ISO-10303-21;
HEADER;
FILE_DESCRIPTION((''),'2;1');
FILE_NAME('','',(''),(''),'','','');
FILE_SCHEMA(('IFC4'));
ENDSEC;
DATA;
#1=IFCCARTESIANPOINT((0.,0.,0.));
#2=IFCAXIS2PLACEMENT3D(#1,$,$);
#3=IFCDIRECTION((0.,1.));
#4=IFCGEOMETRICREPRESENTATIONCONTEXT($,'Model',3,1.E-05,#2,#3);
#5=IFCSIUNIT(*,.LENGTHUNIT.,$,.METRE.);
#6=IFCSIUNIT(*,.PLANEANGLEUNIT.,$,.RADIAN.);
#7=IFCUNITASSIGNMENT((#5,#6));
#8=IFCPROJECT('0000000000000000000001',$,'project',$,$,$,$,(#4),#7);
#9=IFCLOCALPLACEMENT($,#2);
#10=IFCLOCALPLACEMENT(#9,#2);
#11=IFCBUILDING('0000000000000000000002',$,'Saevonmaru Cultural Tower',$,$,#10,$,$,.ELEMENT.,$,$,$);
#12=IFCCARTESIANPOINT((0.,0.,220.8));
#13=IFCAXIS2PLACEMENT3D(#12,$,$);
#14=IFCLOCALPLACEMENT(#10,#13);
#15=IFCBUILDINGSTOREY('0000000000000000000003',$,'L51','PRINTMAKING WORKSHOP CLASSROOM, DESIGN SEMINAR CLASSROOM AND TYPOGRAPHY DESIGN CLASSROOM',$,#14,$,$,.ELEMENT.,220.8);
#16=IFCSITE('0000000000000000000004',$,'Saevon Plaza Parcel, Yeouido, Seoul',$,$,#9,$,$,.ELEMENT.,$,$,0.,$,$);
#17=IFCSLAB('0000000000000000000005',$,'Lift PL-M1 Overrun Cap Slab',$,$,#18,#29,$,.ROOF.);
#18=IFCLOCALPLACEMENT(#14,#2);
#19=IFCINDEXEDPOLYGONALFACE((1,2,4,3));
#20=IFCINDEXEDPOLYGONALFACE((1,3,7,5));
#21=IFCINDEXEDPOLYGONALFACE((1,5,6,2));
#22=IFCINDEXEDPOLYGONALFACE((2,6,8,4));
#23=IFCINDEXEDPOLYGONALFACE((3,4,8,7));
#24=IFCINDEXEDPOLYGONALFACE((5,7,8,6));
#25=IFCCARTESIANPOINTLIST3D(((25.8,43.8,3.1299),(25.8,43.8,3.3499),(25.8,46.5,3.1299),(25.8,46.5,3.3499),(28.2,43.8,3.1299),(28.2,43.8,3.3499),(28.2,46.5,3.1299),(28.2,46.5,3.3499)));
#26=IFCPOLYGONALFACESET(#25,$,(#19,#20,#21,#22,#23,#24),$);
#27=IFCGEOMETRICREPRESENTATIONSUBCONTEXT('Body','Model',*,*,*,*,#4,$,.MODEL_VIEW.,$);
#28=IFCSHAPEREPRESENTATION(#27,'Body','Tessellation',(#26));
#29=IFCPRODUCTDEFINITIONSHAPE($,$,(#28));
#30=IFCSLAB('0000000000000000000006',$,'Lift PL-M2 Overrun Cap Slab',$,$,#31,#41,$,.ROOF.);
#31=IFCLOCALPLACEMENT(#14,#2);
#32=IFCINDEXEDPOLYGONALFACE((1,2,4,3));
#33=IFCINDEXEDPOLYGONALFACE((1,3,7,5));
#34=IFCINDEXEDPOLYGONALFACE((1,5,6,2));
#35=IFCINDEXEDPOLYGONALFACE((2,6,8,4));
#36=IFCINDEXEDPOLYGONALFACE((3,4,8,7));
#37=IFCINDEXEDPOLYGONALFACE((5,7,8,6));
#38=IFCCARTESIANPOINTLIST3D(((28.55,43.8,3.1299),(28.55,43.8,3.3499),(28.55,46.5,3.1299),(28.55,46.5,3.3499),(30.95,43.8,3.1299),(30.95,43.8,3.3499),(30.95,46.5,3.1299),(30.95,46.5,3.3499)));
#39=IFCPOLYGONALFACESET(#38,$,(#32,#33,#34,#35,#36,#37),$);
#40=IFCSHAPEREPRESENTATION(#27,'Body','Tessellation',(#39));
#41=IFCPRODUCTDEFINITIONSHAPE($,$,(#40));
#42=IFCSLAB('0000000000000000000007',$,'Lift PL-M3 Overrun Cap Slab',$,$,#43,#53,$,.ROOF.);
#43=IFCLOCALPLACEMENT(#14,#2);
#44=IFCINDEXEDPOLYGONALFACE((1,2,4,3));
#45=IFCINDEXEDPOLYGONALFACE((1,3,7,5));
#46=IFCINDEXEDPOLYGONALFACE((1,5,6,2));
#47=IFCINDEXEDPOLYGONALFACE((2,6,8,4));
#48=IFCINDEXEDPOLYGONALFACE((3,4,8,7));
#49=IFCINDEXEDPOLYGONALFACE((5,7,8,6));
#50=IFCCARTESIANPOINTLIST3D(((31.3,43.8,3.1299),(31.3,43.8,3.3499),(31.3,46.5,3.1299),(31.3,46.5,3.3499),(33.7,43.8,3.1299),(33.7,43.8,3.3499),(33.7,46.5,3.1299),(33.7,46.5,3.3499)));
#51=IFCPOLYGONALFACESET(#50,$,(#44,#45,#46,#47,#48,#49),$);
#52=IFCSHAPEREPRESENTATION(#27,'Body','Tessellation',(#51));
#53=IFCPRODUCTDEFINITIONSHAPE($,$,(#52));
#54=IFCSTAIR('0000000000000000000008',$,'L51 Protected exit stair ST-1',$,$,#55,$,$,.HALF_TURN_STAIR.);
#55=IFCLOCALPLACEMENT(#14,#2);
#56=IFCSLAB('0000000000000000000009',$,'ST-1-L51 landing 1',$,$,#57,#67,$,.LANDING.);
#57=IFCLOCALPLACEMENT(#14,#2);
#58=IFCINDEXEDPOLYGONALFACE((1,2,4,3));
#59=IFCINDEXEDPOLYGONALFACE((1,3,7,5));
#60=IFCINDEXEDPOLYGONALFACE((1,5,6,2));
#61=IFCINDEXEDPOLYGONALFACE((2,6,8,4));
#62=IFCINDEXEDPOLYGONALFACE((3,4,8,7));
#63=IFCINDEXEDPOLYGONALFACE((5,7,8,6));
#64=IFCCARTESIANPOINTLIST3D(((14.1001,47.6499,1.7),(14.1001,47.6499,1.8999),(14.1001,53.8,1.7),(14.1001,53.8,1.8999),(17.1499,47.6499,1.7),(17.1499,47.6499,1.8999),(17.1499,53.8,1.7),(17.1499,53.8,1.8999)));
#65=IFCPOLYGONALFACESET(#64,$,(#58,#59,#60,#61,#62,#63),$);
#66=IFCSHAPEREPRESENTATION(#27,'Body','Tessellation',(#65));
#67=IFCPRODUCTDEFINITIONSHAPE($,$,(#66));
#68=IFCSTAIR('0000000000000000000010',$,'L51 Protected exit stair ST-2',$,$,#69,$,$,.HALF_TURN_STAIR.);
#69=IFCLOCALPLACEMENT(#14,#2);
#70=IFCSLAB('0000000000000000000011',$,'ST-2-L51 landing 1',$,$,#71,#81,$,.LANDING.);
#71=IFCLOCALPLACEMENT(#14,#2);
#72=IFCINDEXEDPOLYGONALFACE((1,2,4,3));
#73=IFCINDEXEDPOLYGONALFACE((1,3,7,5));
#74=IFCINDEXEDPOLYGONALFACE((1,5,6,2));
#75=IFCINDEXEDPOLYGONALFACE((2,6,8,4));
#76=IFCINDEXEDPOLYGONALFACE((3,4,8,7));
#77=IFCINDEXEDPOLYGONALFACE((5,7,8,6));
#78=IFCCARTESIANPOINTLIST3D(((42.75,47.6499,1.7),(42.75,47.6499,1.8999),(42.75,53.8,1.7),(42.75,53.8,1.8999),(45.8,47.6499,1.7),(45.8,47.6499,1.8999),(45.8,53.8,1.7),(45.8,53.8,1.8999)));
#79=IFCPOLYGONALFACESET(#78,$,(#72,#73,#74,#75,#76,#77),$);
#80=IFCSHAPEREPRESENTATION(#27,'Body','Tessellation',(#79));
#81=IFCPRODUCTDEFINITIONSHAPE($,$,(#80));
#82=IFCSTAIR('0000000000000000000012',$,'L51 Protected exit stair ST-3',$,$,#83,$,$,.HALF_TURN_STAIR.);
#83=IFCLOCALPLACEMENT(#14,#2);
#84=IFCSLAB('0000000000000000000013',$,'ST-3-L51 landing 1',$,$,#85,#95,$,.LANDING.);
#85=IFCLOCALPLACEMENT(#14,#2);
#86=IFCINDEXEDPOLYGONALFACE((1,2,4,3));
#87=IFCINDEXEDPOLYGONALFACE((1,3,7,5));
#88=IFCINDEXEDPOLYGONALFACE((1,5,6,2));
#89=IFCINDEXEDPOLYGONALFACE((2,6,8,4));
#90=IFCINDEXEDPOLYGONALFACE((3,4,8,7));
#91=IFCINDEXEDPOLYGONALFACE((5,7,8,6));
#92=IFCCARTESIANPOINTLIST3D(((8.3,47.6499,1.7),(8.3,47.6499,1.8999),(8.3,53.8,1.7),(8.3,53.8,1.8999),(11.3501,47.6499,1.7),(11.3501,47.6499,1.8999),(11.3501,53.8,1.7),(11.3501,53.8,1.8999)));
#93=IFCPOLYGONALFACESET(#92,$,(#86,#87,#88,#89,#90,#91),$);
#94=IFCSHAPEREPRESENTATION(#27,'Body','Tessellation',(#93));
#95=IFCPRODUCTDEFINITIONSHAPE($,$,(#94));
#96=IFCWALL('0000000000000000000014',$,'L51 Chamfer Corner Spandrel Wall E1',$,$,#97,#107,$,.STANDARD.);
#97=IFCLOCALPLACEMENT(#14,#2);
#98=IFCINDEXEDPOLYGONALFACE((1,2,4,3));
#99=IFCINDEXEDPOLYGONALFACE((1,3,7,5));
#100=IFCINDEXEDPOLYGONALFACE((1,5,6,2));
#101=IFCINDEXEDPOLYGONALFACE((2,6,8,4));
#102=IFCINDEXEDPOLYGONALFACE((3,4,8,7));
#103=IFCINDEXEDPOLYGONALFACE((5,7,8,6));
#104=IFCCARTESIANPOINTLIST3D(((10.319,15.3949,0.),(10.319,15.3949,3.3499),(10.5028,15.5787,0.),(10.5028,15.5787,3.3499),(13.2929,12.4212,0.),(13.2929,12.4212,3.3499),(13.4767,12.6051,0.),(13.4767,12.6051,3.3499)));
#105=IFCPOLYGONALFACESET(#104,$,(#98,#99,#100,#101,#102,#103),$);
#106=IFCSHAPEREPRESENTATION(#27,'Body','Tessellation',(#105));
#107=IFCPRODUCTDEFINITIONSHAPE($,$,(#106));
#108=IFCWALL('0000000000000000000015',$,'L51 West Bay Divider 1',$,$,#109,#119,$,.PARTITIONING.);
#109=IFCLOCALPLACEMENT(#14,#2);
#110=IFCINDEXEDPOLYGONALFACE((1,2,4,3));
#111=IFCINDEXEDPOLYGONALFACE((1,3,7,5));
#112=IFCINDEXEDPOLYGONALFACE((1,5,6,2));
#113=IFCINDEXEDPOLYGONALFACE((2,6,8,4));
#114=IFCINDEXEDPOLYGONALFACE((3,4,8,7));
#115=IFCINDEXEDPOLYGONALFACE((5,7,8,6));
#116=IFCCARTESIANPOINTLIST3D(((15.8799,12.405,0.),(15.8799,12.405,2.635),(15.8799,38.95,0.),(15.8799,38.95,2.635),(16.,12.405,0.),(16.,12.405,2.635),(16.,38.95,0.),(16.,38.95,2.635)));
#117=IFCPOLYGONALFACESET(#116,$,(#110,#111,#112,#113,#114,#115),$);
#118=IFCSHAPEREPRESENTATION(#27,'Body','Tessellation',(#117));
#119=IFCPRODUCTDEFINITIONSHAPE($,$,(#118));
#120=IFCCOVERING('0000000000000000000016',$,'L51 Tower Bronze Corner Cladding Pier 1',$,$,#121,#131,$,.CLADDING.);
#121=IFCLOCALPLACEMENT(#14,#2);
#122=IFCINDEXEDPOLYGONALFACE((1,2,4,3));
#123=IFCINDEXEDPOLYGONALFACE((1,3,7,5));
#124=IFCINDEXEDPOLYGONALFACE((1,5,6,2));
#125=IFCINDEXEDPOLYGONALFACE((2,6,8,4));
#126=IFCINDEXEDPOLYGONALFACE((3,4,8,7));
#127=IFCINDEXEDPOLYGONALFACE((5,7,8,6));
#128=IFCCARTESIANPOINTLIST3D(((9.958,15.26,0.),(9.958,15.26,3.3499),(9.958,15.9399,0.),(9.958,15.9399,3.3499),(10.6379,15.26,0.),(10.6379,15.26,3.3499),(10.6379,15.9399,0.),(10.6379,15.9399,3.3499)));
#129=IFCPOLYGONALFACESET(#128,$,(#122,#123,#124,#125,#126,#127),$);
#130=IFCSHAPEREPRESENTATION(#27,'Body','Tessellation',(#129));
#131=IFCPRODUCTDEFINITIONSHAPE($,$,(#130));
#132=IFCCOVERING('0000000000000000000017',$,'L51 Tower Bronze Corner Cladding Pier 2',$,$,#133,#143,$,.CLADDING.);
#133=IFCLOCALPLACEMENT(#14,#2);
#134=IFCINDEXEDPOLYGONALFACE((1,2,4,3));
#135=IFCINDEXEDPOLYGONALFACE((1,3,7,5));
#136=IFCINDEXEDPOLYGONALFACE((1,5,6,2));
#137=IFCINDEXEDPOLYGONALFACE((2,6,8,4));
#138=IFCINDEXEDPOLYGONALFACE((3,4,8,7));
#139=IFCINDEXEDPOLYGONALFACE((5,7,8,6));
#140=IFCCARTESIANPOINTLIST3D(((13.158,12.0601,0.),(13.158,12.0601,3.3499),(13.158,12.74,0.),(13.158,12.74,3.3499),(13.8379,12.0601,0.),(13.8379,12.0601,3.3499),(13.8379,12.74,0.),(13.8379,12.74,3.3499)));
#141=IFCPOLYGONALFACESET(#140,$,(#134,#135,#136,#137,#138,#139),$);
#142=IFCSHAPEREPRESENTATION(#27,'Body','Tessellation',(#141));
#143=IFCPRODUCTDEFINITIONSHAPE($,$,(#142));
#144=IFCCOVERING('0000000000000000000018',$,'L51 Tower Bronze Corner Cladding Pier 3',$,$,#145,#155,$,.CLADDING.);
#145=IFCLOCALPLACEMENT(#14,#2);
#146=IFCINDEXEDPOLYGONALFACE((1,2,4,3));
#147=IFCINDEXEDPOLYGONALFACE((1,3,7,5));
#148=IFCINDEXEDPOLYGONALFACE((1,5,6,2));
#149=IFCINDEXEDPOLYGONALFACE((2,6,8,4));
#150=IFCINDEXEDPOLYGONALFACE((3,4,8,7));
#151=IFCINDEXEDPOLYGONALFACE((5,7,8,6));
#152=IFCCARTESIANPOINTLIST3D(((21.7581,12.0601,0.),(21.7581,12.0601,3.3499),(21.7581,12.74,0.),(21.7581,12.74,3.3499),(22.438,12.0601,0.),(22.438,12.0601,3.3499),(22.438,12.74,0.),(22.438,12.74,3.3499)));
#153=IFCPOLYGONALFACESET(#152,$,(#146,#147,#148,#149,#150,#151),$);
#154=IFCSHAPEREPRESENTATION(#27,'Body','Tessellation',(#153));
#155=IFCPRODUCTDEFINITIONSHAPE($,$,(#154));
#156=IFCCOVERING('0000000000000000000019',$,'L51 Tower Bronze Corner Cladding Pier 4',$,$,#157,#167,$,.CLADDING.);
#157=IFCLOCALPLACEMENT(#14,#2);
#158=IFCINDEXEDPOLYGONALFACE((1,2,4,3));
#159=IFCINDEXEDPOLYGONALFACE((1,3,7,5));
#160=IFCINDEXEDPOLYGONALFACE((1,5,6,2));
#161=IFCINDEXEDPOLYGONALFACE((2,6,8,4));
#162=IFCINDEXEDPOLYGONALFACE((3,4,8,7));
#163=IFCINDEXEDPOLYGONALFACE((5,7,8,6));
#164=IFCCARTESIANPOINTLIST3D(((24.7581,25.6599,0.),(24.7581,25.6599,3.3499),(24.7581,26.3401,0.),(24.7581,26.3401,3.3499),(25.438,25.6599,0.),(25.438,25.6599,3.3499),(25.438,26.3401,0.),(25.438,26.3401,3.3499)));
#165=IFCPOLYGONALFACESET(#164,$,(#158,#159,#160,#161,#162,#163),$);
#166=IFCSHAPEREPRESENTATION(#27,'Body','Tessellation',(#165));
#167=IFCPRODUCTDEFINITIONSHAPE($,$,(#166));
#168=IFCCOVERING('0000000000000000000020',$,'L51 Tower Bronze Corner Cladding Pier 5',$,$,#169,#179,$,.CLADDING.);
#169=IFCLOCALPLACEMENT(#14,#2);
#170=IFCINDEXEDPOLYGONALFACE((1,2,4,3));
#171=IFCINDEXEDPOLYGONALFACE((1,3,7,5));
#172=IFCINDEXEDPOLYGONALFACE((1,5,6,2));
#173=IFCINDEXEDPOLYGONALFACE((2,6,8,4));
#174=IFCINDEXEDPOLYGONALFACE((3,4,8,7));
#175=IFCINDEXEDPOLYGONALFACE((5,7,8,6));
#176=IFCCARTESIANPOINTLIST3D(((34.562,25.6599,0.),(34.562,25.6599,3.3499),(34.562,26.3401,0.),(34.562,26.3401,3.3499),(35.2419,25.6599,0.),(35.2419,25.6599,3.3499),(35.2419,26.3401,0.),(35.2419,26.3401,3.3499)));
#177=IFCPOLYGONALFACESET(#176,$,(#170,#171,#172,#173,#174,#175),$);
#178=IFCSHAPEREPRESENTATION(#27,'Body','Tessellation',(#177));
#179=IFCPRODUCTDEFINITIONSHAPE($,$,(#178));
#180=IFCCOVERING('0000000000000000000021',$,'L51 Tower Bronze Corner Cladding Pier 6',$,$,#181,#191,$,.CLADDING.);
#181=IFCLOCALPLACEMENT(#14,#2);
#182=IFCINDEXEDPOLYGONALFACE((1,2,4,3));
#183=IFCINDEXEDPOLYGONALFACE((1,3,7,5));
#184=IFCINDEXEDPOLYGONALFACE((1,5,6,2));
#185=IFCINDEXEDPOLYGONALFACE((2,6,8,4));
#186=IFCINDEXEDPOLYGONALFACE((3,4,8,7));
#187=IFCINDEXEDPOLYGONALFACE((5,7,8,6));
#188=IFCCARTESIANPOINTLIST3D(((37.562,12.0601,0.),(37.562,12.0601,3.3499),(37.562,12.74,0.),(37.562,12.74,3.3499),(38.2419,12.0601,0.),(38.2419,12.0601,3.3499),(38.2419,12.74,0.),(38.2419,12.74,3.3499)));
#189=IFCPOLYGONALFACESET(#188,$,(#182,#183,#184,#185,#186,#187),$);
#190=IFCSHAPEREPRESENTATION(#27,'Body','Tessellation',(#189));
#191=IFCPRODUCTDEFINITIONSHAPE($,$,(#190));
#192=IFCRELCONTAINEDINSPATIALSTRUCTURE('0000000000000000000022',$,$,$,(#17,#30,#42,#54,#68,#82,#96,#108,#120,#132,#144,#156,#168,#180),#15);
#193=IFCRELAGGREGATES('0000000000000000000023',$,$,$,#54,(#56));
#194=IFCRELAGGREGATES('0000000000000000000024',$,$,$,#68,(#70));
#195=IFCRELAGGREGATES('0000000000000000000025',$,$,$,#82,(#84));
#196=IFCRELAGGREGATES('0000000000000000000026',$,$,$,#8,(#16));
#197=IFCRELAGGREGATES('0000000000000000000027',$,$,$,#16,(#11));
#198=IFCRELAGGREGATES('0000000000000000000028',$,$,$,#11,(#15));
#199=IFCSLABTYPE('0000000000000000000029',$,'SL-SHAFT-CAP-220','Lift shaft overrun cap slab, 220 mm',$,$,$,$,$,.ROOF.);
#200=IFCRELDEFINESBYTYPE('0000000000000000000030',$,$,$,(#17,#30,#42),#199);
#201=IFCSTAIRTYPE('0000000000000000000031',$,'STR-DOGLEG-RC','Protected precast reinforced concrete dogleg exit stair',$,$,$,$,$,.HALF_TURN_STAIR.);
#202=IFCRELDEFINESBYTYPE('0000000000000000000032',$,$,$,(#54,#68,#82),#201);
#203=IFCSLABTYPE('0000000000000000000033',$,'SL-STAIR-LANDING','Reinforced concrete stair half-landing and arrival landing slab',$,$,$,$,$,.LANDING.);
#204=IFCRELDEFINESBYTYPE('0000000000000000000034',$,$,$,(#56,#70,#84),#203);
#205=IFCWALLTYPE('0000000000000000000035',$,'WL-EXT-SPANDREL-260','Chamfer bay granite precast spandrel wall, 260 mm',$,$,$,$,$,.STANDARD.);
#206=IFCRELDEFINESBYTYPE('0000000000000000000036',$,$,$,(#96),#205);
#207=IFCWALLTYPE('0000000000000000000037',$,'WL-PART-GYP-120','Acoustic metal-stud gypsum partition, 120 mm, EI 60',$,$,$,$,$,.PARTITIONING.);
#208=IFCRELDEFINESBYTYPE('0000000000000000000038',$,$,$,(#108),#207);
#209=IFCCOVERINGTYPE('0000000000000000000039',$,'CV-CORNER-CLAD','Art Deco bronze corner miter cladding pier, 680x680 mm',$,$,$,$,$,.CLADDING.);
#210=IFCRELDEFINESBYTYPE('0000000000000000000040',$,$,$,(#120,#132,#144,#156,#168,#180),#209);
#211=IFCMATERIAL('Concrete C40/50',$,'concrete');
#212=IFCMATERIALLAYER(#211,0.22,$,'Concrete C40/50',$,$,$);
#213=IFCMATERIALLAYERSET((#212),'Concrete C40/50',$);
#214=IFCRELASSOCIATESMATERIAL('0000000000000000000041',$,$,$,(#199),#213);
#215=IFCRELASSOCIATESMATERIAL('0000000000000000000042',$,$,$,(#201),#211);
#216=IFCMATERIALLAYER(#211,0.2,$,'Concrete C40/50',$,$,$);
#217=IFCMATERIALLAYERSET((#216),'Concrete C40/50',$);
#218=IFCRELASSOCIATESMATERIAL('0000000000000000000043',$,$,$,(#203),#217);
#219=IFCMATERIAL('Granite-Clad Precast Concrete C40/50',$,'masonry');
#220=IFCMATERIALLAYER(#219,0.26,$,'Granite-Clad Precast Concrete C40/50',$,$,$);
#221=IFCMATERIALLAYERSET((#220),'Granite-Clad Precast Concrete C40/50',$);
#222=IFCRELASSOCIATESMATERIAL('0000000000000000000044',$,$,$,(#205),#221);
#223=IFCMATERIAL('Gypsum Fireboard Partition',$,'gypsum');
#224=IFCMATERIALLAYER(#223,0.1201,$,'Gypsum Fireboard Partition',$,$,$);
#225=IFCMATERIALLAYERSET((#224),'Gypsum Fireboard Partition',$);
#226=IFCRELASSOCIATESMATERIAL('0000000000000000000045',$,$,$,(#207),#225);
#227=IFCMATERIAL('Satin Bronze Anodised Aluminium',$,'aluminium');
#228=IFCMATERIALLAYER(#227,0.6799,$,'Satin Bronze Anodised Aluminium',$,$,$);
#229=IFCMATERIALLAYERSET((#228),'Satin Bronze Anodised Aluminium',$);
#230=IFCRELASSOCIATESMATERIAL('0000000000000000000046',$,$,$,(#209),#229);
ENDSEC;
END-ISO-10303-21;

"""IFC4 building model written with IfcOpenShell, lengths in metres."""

from ifc_helpers import new_model, si_unit, direction, frame, frame_2d, origin, place, context, subcontext, project, spatial, polyline, rectangle, outline, extrude, material, layer, layer_set, type_object, element, aggregate, save


model = new_model("IFC4")

# Units and contexts
model_context = context("Model", 3, precision=1e-05, world=origin(), true_north=direction((0.0, 1.0)))
body_context = subcontext(model_context, "Body", "Model", "MODEL_VIEW")
ifc_project = project(units=[si_unit("LENGTHUNIT", "METRE"), si_unit("PLANEANGLEUNIT", "RADIAN")], contexts=[model_context])

# Site, building, storey
site_placement = place(None, origin())
site = spatial("IfcSite", under=ifc_project, at=site_placement, Name="Saevon Plaza Parcel, Yeouido, Seoul", CompositionType="ELEMENT", RefElevation=0.0)
building_placement = place(site_placement, origin())
building = spatial("IfcBuilding", under=site, at=building_placement, Name="Saevonmaru Cultural Tower", CompositionType="ELEMENT")
storey_placement = place(building_placement, frame((0.0, 0.0, 220.8)))
storey = spatial("IfcBuildingStorey", under=building, at=storey_placement, Name="L51", Description="PRINTMAKING WORKSHOP CLASSROOM, DESIGN SEMINAR CLASSROOM AND TYPOGRAPHY DESIGN CLASSROOM", CompositionType="ELEMENT", Elevation=220.8)

# Shared definitions
ifc_material_1 = material(Name="Satin Bronze Anodised Aluminium", Category="aluminium")

# Slabs
ifc_material_2 = material(Name="Concrete C40/50", Category="concrete")
ifc_layer_1 = layer(ifc_material_2, 0.22, Name="Concrete C40/50")
ifc_layer_set_1 = layer_set([ifc_layer_1], Name="Concrete C40/50")
slab_type_1 = type_object("IfcSlabType", Name="SL-SHAFT-CAP-220", Description="Lift shaft overrun cap slab, 220 mm", PredefinedType="ROOF", material=ifc_layer_set_1)
slab_1_placement = place(storey_placement, frame((0.0, 0.0, 3.1299)))
element("IfcSlab", 1, at=slab_1_placement, inside=storey, type_object=slab_type_1, Name="Lift PL-M1 Overrun Cap Slab", PredefinedType="ROOF", context=body_context, shape_type="SweptSolid", body=[
    extrude(outline(polyline([(25.8, 43.8), (28.2, 43.8), (28.2, 46.5), (25.8, 46.5), (25.8, 43.8)])), origin(), (0.0, 0.0, 1.0), 0.22),
])
slab_2_placement = place(storey_placement, frame((0.0, 0.0, 3.1299)))
element("IfcSlab", 2, at=slab_2_placement, inside=storey, type_object=slab_type_1, Name="Lift PL-M2 Overrun Cap Slab", PredefinedType="ROOF", context=body_context, shape_type="SweptSolid", body=[
    extrude(outline(polyline([(28.55, 43.8), (30.95, 43.8), (30.95, 46.5), (28.55, 46.5), (28.55, 43.8)])), origin(), (0.0, 0.0, 1.0), 0.22),
])
slab_3_placement = place(storey_placement, frame((0.0, 0.0, 3.1299)))
element("IfcSlab", 3, at=slab_3_placement, inside=storey, type_object=slab_type_1, Name="Lift PL-M3 Overrun Cap Slab", PredefinedType="ROOF", context=body_context, shape_type="SweptSolid", body=[
    extrude(outline(polyline([(31.3, 43.8), (33.7, 43.8), (33.7, 46.5), (31.3, 46.5), (31.3, 43.8)])), origin(), (0.0, 0.0, 1.0), 0.22),
])

# Stairs, slabs
stair_type = type_object("IfcStairType", Name="STR-DOGLEG-RC", Description="Protected precast reinforced concrete dogleg exit stair", PredefinedType="HALF_TURN_STAIR", material=ifc_material_2)
stair_1_placement = place(storey_placement, origin())
stair_1 = element("IfcStair", 4, at=stair_1_placement, inside=storey, type_object=stair_type, Name="L51 Protected exit stair ST-1", PredefinedType="HALF_TURN_STAIR")
ifc_layer_2 = layer(ifc_material_2, 0.2, Name="Concrete C40/50")
ifc_layer_set_2 = layer_set([ifc_layer_2], Name="Concrete C40/50")
slab_type_2 = type_object("IfcSlabType", Name="SL-STAIR-LANDING", Description="Reinforced concrete stair half-landing and arrival landing slab", PredefinedType="LANDING", material=ifc_layer_set_2)
slab_4_placement = place(storey_placement, frame((0.0, 0.0, 1.7)))
slab_4 = element("IfcSlab", 5, at=slab_4_placement, type_object=slab_type_2, Name="ST-1-L51 landing 1", PredefinedType="LANDING", context=body_context, shape_type="SweptSolid", body=[
    extrude(outline(polyline([(17.1499, 47.6499), (17.1499, 53.8), (14.1001, 53.8), (14.1001, 47.6499), (17.1499, 47.6499)])), origin(), (0.0, 0.0, 1.0), 0.2),
])
aggregate(stair_1, [slab_4])
stair_2_placement = place(storey_placement, origin())
stair_2 = element("IfcStair", 6, at=stair_2_placement, inside=storey, type_object=stair_type, Name="L51 Protected exit stair ST-2", PredefinedType="HALF_TURN_STAIR")
slab_5_placement = place(storey_placement, frame((0.0, 0.0, 1.7)))
slab_5 = element("IfcSlab", 7, at=slab_5_placement, type_object=slab_type_2, Name="ST-2-L51 landing 1", PredefinedType="LANDING", context=body_context, shape_type="SweptSolid", body=[
    extrude(outline(polyline([(45.8, 47.6499), (45.8, 53.8), (42.75, 53.8), (42.75, 47.6499), (45.8, 47.6499)])), origin(), (0.0, 0.0, 1.0), 0.2),
])
aggregate(stair_2, [slab_5])
stair_3_placement = place(storey_placement, origin())
stair_3 = element("IfcStair", 8, at=stair_3_placement, inside=storey, type_object=stair_type, Name="L51 Protected exit stair ST-3", PredefinedType="HALF_TURN_STAIR")
slab_6_placement = place(storey_placement, frame((0.0, 0.0, 1.7)))
slab_6 = element("IfcSlab", 9, at=slab_6_placement, type_object=slab_type_2, Name="ST-3-L51 landing 1", PredefinedType="LANDING", context=body_context, shape_type="SweptSolid", body=[
    extrude(outline(polyline([(11.3501, 47.6499), (11.3501, 53.8), (8.3, 53.8), (8.3, 47.6499), (11.3501, 47.6499)])), origin(), (0.0, 0.0, 1.0), 0.2),
])
aggregate(stair_3, [slab_6])

# Walls
ifc_material_3 = material(Name="Granite-Clad Precast Concrete C40/50", Category="masonry")
ifc_layer_3 = layer(ifc_material_3, 0.26, Name="Granite-Clad Precast Concrete C40/50")
ifc_layer_set_3 = layer_set([ifc_layer_3], Name="Granite-Clad Precast Concrete C40/50")
wall_type_1 = type_object("IfcWallType", Name="WL-EXT-SPANDREL-260", Description="Chamfer bay granite precast spandrel wall, 260 mm", PredefinedType="STANDARD", material=ifc_layer_set_3)
wall_1_placement = place(storey_placement, frame((10.4109, 15.4868, 0.0), z_axis=(0.0, 0.0, 1.0), x_axis=(0.707136, -0.707078, 0.0)))
element("IfcWall", 10, at=wall_1_placement, inside=storey, type_object=wall_type_1, Name="L51 Chamfer Corner Spandrel Wall E1", PredefinedType="STANDARD", context=body_context, shape_type="SweptSolid", body=[
    extrude(rectangle(XDim=4.2056, YDim=0.26, at=frame_2d((2.1028, 0.0))), origin(), (0.0, 0.0, 1.0), 3.3499),
])
ifc_material_4 = material(Name="Gypsum Fireboard Partition", Category="gypsum")
ifc_layer_4 = layer(ifc_material_4, 0.1201, Name="Gypsum Fireboard Partition")
ifc_layer_set_4 = layer_set([ifc_layer_4], Name="Gypsum Fireboard Partition")
wall_type_2 = type_object("IfcWallType", Name="WL-PART-GYP-120", Description="Acoustic metal-stud gypsum partition, 120 mm, EI 60", PredefinedType="PARTITIONING", material=ifc_layer_set_4)
wall_2_placement = place(storey_placement, frame((15.9399, 12.405, 0.0), z_axis=(0.0, 0.0, 1.0), x_axis=(0.0, 1.0, 0.0)))
element("IfcWall", 11, at=wall_2_placement, inside=storey, type_object=wall_type_2, Name="L51 West Bay Divider 1", PredefinedType="PARTITIONING", context=body_context, shape_type="SweptSolid", body=[
    extrude(rectangle(XDim=26.5449, YDim=0.1201, at=frame_2d((13.2725, 0.0))), origin(), (0.0, 0.0, 1.0), 2.635),
])

# Coverings
ifc_layer_5 = layer(ifc_material_1, 0.6799, Name="Satin Bronze Anodised Aluminium")
ifc_layer_set_5 = layer_set([ifc_layer_5], Name="Satin Bronze Anodised Aluminium")
covering_type = type_object("IfcCoveringType", Name="CV-CORNER-CLAD", Description="Art Deco bronze corner miter cladding pier, 680x680 mm", PredefinedType="CLADDING", material=ifc_layer_set_5)
covering_1_placement = place(storey_placement, origin())
element("IfcCovering", 12, at=covering_1_placement, inside=storey, type_object=covering_type, Name="L51 Tower Bronze Corner Cladding Pier 1", PredefinedType="CLADDING", context=body_context, shape_type="SweptSolid", body=[
    extrude(outline(polyline([(9.958, 15.26), (10.6379, 15.26), (10.6379, 15.9399), (9.958, 15.9399), (9.958, 15.26)])), origin(), (0.0, 0.0, 1.0), 3.3499),
])
covering_2_placement = place(storey_placement, origin())
element("IfcCovering", 13, at=covering_2_placement, inside=storey, type_object=covering_type, Name="L51 Tower Bronze Corner Cladding Pier 2", PredefinedType="CLADDING", context=body_context, shape_type="SweptSolid", body=[
    extrude(outline(polyline([(13.158, 12.0601), (13.8379, 12.0601), (13.8379, 12.74), (13.158, 12.74), (13.158, 12.0601)])), origin(), (0.0, 0.0, 1.0), 3.3499),
])
covering_3_placement = place(storey_placement, origin())
element("IfcCovering", 14, at=covering_3_placement, inside=storey, type_object=covering_type, Name="L51 Tower Bronze Corner Cladding Pier 3", PredefinedType="CLADDING", context=body_context, shape_type="SweptSolid", body=[
    extrude(outline(polyline([(21.7581, 12.0601), (22.438, 12.0601), (22.438, 12.74), (21.7581, 12.74), (21.7581, 12.0601)])), origin(), (0.0, 0.0, 1.0), 3.3499),
])
covering_4_placement = place(storey_placement, origin())
element("IfcCovering", 15, at=covering_4_placement, inside=storey, type_object=covering_type, Name="L51 Tower Bronze Corner Cladding Pier 4", PredefinedType="CLADDING", context=body_context, shape_type="SweptSolid", body=[
    extrude(outline(polyline([(24.7581, 25.6599), (25.438, 25.6599), (25.438, 26.3401), (24.7581, 26.3401), (24.7581, 25.6599)])), origin(), (0.0, 0.0, 1.0), 3.3499),
])
covering_5_placement = place(storey_placement, origin())
element("IfcCovering", 16, at=covering_5_placement, inside=storey, type_object=covering_type, Name="L51 Tower Bronze Corner Cladding Pier 5", PredefinedType="CLADDING", context=body_context, shape_type="SweptSolid", body=[
    extrude(outline(polyline([(34.562, 25.6599), (35.2419, 25.6599), (35.2419, 26.3401), (34.562, 26.3401), (34.562, 25.6599)])), origin(), (0.0, 0.0, 1.0), 3.3499),
])
covering_6_placement = place(storey_placement, origin())
element("IfcCovering", 17, at=covering_6_placement, inside=storey, type_object=covering_type, Name="L51 Tower Bronze Corner Cladding Pier 6", PredefinedType="CLADDING", context=body_context, shape_type="SweptSolid", body=[
    extrude(outline(polyline([(37.562, 12.0601), (38.2419, 12.0601), (38.2419, 12.74), (37.562, 12.74), (37.562, 12.0601)])), origin(), (0.0, 0.0, 1.0), 3.3499),
])

save(model, "model.ifc")
